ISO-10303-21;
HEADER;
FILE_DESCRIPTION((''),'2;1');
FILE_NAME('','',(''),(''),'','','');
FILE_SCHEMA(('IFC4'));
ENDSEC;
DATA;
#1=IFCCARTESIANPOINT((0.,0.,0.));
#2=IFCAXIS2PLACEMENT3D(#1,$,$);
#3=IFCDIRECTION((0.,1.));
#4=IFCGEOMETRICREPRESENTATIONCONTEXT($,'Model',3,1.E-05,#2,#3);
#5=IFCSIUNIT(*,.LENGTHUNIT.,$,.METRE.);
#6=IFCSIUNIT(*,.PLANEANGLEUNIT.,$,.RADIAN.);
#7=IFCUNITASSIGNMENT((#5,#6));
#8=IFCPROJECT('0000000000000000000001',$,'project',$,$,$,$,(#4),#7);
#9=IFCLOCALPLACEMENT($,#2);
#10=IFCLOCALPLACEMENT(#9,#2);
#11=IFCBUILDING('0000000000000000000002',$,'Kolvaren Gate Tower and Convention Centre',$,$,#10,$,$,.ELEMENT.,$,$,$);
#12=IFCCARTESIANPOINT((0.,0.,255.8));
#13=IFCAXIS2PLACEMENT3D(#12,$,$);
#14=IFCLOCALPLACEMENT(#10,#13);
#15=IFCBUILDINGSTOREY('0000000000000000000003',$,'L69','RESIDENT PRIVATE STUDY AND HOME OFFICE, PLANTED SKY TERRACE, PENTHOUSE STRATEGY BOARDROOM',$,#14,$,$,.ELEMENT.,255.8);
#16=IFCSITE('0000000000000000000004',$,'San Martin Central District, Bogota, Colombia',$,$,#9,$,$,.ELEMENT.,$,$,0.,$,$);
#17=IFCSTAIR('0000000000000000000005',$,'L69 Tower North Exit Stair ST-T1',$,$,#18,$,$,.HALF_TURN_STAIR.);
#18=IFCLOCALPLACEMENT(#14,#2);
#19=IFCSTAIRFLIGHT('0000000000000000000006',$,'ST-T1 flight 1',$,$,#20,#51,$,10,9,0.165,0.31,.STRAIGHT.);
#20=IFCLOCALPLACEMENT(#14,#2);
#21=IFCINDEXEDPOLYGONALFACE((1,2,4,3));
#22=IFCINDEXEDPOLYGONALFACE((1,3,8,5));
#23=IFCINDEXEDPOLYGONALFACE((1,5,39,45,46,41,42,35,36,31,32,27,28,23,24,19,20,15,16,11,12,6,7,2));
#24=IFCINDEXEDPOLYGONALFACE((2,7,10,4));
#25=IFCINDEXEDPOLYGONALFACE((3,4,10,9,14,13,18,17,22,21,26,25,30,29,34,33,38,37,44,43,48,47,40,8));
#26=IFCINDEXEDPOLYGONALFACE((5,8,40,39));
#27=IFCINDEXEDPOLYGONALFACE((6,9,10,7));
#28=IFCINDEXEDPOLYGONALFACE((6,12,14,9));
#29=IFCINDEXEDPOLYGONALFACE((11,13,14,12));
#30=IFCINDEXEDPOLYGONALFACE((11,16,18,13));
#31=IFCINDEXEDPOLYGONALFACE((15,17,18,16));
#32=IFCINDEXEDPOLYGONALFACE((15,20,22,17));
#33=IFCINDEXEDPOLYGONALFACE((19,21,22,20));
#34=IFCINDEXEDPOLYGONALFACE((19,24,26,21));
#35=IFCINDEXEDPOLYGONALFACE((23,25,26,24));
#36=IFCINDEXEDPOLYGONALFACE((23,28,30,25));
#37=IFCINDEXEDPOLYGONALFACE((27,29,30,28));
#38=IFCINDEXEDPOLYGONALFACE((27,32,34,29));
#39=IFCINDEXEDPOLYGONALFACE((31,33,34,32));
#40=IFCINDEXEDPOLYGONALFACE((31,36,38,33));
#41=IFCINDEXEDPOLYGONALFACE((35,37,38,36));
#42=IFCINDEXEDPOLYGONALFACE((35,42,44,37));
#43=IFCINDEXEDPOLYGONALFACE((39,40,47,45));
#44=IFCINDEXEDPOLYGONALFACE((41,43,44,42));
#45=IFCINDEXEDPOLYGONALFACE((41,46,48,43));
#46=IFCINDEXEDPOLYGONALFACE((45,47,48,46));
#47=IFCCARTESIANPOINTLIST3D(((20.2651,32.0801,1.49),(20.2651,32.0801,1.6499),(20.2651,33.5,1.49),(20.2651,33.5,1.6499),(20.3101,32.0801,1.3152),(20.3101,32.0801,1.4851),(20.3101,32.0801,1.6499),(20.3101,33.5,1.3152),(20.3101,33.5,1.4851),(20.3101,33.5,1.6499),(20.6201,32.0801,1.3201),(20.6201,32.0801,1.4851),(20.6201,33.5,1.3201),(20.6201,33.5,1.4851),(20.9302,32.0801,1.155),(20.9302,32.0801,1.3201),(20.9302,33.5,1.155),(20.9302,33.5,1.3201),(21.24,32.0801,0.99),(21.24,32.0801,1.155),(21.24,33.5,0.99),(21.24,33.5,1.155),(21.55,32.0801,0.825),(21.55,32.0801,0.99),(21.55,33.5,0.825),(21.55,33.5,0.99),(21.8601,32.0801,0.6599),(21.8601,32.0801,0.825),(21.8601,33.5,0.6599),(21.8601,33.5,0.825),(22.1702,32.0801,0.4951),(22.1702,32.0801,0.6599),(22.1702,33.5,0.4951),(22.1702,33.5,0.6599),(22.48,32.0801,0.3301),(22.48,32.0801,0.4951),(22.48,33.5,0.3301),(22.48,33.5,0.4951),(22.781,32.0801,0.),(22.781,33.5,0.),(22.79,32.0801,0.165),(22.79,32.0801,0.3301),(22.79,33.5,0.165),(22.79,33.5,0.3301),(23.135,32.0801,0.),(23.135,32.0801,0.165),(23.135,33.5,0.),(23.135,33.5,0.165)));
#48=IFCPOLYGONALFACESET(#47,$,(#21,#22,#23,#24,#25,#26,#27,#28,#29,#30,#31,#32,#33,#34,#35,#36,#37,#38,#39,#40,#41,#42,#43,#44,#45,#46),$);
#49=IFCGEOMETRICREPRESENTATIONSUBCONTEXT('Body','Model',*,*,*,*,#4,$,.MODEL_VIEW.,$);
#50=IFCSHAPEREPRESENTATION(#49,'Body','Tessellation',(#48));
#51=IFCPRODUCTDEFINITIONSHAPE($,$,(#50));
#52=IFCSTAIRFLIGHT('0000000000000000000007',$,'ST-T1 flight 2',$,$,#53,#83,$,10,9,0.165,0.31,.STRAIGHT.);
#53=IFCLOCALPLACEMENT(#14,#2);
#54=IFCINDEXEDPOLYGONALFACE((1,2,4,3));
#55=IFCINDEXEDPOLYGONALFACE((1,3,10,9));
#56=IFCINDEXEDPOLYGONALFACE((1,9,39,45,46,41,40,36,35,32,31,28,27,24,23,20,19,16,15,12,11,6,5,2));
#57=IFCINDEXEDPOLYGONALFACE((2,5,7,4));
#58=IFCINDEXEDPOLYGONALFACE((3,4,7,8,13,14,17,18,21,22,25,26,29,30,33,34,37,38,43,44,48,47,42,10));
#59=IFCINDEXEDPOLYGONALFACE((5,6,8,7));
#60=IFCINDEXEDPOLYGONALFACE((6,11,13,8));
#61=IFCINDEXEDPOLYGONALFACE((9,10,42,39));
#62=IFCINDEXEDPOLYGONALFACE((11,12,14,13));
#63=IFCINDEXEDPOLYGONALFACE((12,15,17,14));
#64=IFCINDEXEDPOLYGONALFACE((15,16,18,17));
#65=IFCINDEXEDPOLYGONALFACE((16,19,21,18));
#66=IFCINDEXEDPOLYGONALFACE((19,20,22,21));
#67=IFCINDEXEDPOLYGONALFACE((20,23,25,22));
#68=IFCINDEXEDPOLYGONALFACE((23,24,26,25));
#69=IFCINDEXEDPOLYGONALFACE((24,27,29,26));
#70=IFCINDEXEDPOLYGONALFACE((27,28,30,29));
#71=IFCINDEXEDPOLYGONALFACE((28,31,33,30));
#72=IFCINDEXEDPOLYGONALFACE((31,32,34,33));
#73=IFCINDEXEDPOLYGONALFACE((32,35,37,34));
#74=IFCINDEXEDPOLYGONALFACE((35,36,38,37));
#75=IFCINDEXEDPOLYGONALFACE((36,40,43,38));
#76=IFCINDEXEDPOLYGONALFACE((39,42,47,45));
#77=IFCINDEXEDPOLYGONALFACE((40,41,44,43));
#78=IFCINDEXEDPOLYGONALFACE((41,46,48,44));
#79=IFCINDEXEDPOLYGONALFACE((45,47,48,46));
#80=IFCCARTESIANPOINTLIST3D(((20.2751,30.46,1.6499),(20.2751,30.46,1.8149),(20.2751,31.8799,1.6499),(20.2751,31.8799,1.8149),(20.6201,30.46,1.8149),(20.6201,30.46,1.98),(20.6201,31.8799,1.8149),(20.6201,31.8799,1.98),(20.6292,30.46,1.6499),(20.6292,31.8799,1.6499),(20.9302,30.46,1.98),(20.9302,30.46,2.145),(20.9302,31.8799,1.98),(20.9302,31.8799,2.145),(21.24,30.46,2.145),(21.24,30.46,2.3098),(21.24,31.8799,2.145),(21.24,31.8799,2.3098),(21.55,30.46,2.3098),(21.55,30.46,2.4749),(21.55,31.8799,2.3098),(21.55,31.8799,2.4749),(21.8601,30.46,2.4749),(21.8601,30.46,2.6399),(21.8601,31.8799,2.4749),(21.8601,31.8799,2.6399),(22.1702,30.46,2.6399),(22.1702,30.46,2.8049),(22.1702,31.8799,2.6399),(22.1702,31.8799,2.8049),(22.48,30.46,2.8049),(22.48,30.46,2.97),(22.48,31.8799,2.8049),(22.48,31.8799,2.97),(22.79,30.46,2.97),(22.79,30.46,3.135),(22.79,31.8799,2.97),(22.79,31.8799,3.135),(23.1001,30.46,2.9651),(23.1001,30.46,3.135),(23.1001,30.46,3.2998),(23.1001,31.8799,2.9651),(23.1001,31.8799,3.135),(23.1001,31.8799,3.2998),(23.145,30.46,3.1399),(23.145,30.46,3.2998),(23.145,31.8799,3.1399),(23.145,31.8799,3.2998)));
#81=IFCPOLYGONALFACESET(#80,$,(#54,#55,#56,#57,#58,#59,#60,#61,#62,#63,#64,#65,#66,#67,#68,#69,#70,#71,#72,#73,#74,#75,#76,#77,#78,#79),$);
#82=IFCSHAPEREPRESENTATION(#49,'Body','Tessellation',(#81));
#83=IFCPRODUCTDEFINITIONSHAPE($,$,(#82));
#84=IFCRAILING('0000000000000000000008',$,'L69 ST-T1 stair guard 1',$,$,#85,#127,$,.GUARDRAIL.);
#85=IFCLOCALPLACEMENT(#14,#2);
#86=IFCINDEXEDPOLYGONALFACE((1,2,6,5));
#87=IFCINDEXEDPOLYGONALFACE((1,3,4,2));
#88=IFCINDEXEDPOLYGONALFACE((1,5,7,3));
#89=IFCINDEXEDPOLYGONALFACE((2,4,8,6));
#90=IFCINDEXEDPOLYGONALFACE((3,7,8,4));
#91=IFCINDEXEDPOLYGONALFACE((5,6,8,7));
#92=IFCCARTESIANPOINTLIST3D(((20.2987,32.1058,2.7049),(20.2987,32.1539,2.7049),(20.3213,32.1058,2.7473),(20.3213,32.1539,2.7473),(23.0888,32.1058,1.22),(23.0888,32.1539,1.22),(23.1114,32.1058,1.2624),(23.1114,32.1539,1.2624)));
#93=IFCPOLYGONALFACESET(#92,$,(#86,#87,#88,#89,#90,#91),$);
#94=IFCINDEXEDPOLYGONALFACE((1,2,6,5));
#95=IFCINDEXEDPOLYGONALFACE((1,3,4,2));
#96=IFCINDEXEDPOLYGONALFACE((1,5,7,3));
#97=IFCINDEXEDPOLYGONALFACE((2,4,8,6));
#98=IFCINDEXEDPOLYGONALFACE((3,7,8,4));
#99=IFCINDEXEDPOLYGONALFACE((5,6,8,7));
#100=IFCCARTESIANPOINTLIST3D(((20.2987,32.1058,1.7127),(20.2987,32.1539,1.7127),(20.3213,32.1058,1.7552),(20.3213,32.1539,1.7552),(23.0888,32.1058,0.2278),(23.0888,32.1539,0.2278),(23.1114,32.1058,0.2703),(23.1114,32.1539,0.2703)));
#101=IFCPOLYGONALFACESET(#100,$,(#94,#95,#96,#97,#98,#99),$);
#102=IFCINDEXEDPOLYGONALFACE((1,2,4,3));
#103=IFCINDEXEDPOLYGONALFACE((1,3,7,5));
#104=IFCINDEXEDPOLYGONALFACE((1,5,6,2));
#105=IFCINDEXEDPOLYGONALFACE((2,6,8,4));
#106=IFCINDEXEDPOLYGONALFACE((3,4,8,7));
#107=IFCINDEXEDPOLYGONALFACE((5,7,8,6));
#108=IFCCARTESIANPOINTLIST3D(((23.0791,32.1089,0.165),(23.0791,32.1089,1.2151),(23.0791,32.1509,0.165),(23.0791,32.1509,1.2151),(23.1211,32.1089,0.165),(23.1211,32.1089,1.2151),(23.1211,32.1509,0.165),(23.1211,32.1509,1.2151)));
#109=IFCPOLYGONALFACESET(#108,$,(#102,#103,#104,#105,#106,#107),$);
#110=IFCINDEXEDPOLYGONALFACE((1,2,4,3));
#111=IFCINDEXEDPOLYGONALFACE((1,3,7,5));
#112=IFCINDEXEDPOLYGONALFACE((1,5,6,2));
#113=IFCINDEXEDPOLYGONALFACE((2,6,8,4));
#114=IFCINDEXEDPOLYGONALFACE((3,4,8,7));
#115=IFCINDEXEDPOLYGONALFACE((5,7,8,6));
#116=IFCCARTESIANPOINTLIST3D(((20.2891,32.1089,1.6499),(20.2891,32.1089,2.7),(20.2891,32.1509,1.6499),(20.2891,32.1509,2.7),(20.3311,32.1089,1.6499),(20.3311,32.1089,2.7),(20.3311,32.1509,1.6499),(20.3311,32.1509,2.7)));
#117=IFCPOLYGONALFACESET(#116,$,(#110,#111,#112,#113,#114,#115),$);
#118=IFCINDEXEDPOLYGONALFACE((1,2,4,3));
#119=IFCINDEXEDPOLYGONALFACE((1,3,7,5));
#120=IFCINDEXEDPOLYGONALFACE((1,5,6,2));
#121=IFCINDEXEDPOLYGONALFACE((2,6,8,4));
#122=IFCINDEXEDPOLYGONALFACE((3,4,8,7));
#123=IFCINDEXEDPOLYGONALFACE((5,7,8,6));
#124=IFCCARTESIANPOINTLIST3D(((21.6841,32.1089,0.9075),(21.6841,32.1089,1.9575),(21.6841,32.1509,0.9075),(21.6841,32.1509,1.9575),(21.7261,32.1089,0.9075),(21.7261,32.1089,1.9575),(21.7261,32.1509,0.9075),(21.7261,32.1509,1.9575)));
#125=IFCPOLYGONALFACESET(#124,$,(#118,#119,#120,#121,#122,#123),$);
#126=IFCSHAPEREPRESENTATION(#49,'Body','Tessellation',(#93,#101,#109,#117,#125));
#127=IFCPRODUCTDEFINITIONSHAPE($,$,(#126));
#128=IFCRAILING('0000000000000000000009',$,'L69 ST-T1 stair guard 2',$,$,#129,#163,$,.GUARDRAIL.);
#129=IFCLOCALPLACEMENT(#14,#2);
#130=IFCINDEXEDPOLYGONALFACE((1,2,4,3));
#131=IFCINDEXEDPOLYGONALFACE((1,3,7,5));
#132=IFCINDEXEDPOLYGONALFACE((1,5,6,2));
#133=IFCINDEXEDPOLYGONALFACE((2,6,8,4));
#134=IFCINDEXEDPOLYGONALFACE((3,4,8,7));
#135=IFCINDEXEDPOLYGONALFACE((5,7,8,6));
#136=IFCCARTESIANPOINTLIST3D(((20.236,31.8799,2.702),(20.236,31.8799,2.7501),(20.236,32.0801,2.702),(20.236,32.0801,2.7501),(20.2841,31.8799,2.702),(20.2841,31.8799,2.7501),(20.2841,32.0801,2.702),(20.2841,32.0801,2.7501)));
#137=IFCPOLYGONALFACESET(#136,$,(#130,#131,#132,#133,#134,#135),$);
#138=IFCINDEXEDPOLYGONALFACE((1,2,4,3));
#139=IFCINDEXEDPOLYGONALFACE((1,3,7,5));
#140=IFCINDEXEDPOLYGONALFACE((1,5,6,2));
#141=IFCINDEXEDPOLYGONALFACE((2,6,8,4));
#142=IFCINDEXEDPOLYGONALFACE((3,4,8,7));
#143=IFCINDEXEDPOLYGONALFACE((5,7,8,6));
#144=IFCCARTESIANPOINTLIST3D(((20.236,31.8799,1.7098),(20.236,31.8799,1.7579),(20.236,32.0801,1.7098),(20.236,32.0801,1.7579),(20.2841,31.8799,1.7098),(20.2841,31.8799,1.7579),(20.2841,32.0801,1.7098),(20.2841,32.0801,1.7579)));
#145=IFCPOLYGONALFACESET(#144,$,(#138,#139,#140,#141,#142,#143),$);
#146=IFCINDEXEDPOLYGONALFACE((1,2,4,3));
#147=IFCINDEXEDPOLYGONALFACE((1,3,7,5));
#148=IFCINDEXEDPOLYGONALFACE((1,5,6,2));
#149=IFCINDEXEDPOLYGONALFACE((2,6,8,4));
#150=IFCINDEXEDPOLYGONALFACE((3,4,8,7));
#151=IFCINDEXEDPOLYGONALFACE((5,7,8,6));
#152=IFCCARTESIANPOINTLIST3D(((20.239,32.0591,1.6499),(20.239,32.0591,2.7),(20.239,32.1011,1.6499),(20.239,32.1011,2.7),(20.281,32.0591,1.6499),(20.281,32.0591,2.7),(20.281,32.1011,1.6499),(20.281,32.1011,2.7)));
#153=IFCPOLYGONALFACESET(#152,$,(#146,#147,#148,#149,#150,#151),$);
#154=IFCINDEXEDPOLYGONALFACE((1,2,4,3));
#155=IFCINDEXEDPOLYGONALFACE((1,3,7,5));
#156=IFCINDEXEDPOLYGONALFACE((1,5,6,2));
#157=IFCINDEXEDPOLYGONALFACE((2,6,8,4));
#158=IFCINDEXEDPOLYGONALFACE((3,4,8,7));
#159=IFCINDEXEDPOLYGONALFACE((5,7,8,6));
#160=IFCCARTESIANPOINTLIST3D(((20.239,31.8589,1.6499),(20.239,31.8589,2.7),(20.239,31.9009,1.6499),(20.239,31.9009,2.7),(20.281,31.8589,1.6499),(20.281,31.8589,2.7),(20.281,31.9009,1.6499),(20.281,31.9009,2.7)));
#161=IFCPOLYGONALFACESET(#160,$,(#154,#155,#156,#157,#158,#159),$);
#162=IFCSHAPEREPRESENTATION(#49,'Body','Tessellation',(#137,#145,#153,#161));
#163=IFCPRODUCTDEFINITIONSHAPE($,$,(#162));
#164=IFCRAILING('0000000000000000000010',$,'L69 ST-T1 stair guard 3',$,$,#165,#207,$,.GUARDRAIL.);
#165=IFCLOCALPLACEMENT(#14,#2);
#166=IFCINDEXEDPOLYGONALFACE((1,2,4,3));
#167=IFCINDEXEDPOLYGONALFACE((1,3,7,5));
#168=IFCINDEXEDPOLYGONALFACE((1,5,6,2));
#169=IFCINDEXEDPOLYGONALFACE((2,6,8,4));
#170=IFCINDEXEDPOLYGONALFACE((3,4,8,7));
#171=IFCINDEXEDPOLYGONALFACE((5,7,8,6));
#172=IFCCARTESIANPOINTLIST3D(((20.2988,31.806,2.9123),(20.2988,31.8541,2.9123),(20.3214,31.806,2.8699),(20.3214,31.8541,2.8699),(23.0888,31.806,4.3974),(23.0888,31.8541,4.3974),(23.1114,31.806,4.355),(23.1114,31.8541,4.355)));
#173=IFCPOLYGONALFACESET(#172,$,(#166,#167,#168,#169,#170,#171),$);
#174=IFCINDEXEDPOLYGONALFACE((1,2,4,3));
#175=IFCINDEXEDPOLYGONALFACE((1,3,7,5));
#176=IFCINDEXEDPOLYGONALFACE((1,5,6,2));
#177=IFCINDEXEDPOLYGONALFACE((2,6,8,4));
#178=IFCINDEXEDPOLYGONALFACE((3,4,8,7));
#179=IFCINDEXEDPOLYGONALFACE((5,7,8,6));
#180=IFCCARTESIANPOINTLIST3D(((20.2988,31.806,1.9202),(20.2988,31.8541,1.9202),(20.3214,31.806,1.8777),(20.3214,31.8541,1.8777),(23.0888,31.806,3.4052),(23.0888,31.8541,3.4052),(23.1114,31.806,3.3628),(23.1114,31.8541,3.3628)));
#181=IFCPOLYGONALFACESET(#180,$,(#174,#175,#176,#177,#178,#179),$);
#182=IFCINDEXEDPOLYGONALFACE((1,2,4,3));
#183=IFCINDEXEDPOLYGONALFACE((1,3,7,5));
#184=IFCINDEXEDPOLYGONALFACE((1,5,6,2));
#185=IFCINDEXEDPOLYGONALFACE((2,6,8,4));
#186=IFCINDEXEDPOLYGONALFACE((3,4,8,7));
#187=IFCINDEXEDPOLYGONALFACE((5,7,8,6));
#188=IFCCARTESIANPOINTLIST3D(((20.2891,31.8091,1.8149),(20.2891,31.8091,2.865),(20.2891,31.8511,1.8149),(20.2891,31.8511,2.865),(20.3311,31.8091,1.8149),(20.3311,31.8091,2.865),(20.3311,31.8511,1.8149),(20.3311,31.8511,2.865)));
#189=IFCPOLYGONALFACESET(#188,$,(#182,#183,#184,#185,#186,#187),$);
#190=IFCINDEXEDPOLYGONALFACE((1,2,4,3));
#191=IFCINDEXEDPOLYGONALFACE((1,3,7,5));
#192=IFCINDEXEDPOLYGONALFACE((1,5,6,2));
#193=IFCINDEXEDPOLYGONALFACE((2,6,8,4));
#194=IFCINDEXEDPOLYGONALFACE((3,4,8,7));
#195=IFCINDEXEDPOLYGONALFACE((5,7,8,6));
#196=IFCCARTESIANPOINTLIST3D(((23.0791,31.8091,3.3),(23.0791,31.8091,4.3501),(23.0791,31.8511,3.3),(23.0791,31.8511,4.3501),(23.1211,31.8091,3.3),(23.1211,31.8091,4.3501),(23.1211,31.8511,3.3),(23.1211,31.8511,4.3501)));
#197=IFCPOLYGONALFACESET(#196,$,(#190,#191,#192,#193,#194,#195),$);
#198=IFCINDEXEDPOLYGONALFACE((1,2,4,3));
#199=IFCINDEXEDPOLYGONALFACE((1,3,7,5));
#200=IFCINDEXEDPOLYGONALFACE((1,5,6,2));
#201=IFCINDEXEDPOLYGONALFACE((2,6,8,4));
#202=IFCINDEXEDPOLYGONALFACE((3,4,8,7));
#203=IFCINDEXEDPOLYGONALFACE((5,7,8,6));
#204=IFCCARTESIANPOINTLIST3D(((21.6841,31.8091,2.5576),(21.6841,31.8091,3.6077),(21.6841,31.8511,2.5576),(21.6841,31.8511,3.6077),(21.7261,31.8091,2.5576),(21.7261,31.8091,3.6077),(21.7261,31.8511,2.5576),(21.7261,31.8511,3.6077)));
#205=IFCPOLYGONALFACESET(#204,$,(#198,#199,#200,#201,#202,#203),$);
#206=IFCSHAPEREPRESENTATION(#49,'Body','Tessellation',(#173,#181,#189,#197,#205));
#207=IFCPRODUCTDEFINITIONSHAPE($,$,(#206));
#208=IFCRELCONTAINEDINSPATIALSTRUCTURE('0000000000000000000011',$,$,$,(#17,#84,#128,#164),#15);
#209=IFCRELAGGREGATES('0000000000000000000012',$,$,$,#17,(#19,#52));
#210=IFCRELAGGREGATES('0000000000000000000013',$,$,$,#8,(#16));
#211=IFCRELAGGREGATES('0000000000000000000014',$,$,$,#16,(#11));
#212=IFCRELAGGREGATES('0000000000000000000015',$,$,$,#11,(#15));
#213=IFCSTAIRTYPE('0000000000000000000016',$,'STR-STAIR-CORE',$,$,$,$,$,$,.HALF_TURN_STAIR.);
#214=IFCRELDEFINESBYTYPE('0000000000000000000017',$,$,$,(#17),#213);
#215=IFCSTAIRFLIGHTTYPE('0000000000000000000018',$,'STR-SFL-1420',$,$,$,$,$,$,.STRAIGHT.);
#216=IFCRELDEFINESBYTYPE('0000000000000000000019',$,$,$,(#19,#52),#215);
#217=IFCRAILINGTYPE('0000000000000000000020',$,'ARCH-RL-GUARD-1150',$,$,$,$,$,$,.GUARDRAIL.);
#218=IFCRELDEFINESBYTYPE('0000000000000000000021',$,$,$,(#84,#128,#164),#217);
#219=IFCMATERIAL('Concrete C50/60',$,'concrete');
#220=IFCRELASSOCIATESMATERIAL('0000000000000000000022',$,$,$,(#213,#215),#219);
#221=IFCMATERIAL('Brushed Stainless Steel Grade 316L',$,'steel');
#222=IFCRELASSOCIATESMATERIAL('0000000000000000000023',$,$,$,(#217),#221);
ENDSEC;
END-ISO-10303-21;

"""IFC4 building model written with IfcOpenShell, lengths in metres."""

from ifc_helpers import new_model, si_unit, direction, frame, origin, origin_2d, place, context, subcontext, project, spatial, polyline, rectangle, outline, extrude, material, type_object, element, aggregate, save


model = new_model("IFC4")

# Units and contexts
model_context = context("Model", 3, precision=1e-05, world=origin(), true_north=direction((0.0, 1.0)))
body_context = subcontext(model_context, "Body", "Model", "MODEL_VIEW")
ifc_project = project(units=[si_unit("LENGTHUNIT", "METRE"), si_unit("PLANEANGLEUNIT", "RADIAN")], contexts=[model_context])

# Site, building, storey
site_placement = place(None, origin())
site = spatial("IfcSite", under=ifc_project, at=site_placement, Name="San Martin Central District, Bogota, Colombia", CompositionType="ELEMENT", RefElevation=0.0)
building_placement = place(site_placement, origin())
building = spatial("IfcBuilding", under=site, at=building_placement, Name="Kolvaren Gate Tower and Convention Centre", CompositionType="ELEMENT")
storey_placement = place(building_placement, frame((0.0, 0.0, 255.8)))
storey = spatial("IfcBuildingStorey", under=building, at=storey_placement, Name="L69", Description="RESIDENT PRIVATE STUDY AND HOME OFFICE, PLANTED SKY TERRACE, PENTHOUSE STRATEGY BOARDROOM", CompositionType="ELEMENT", Elevation=255.8)

# Shared definitions
ifc_material_1 = material(Name="Brushed Stainless Steel Grade 316L", Category="steel")

# Shared definitions
ifc_material_2 = material(Name="Concrete C50/60", Category="concrete")

# Stair, stair flights
stair_type = type_object("IfcStairType", Name="STR-STAIR-CORE", PredefinedType="HALF_TURN_STAIR", material=ifc_material_2)
stair_placement = place(storey_placement, origin())
stair = element("IfcStair", 1, at=stair_placement, inside=storey, type_object=stair_type, Name="L69 Tower North Exit Stair ST-T1", PredefinedType="HALF_TURN_STAIR")
stair_flight_type = type_object("IfcStairFlightType", Name="STR-SFL-1420", PredefinedType="STRAIGHT", material=ifc_material_2)
stair_flight_1_placement = place(storey_placement, frame((23.1001, 32.79, 0.0), z_axis=(0.0, 0.0, 1.0), x_axis=(-1.0, 0.0, 0.0)))
stair_flight_1 = element("IfcStairFlight", 2, at=stair_flight_1_placement, type_object=stair_flight_type, Name="ST-T1 flight 1", NumberOfRisers=10, NumberOfTreads=9, PredefinedType="STRAIGHT", RiserHeight=0.165, TreadLength=0.31, context=body_context, shape_type="SweptSolid", body=[
    extrude(outline(polyline([(-0.0349, 0.0), (-0.0349, 0.165), (0.3101, 0.165), (0.3101, 0.3301), (0.6201, 0.3301), (0.6201, 0.4951), (0.9299, 0.4951), (0.9299, 0.6599), (1.24, 0.6599), (1.24, 0.825), (1.55, 0.825), (1.55, 0.99), (1.8601, 0.99), (1.8601, 1.155), (2.1699, 1.155), (2.1699, 1.3201), (2.48, 1.3201), (2.48, 1.4851), (2.79, 1.4851), (2.79, 1.6499), (2.835, 1.6499), (2.835, 1.49), (2.79, 1.3152), (0.3191, 0.0), (-0.0349, 0.0)])), frame((0.0, 0.71, 0.0), z_axis=(0.0, -1.0, 0.0), x_axis=(1.0, 0.0, 0.0)), (0.0, 0.0, 1.0), 1.4199),
])
stair_flight_2_placement = place(storey_placement, frame((20.3101, 31.1699, 1.6499), z_axis=(0.0, 0.0, 1.0), x_axis=(1.0, 0.0, 0.0)))
stair_flight_2 = element("IfcStairFlight", 3, at=stair_flight_2_placement, type_object=stair_flight_type, Name="ST-T1 flight 2", NumberOfRisers=10, NumberOfTreads=9, PredefinedType="STRAIGHT", RiserHeight=0.165, TreadLength=0.31, context=body_context, shape_type="SweptSolid", body=[
    extrude(outline(polyline([(-0.0349, 0.0), (-0.0349, 0.165), (0.3101, 0.165), (0.3101, 0.3301), (0.6201, 0.3301), (0.6201, 0.4951), (0.9299, 0.4951), (0.9299, 0.6599), (1.24, 0.6599), (1.24, 0.825), (1.55, 0.825), (1.55, 0.99), (1.8601, 0.99), (1.8601, 1.155), (2.1699, 1.155), (2.1699, 1.3201), (2.48, 1.3201), (2.48, 1.4851), (2.79, 1.4851), (2.79, 1.6499), (2.835, 1.6499), (2.835, 1.49), (2.79, 1.3152), (0.3191, 0.0), (-0.0349, 0.0)])), frame((0.0, 0.71, 0.0), z_axis=(0.0, -1.0, 0.0), x_axis=(1.0, 0.0, 0.0)), (0.0, 0.0, 1.0), 1.4199),
])
aggregate(stair, [stair_flight_1, stair_flight_2])

# Railings
railing_type_1 = type_object("IfcRailingType", Name="ARCH-RL-GUARD-1150", PredefinedType="GUARDRAIL", material=ifc_material_1)
railing_1_placement = place(storey_placement, frame((23.1001, 32.1299, 0.165)))
element("IfcRailing", 4, at=railing_1_placement, inside=storey, type_object=railing_type_1, Name="L69 ST-T1 stair guard 1", PredefinedType="GUARDRAIL", context=body_context, shape_type="SweptSolid", body=[
    extrude(rectangle(XDim=0.0481, YDim=0.0481, at=origin_2d()), frame((0.0, 0.0, 1.0762), z_axis=(-0.882767, 0.0, 0.46981), x_axis=(0.0, -1.0, 0.0)), (0.0, 0.0, 1.0), 3.1606),
    extrude(rectangle(XDim=0.0481, YDim=0.0481, at=origin_2d()), frame((0.0, 0.0, 0.084), z_axis=(-0.882767, 0.0, 0.46981), x_axis=(0.0, -1.0, 0.0)), (0.0, 0.0, 1.0), 3.1606),
    extrude(rectangle(XDim=0.042, YDim=0.042, at=origin_2d()), origin(), (0.0, 0.0, 1.0), 1.05),
    extrude(rectangle(XDim=0.042, YDim=0.042, at=origin_2d()), frame((-2.79, 0.0, 1.4849)), (0.0, 0.0, 1.0), 1.05),
    extrude(rectangle(XDim=0.042, YDim=0.042, at=origin_2d()), frame((-1.395, 0.0, 0.7424)), (0.0, 0.0, 1.0), 1.05),
])
railing_2_placement = place(storey_placement, frame((20.26, 32.0801, 1.6499)))
element("IfcRailing", 5, at=railing_2_placement, inside=storey, type_object=railing_type_1, Name="L69 ST-T1 stair guard 2", PredefinedType="GUARDRAIL", context=body_context, shape_type="SweptSolid", body=[
    extrude(rectangle(XDim=0.0481, YDim=0.0481, at=origin_2d()), frame((0.0, 0.0, 1.0762), z_axis=(0.0, -1.0, 0.0), x_axis=(1.0, 0.0, 0.0)), (0.0, 0.0, 1.0), 0.2002),
    extrude(rectangle(XDim=0.0481, YDim=0.0481, at=origin_2d()), frame((0.0, 0.0, 0.084), z_axis=(0.0, -1.0, 0.0), x_axis=(1.0, 0.0, 0.0)), (0.0, 0.0, 1.0), 0.2002),
    extrude(rectangle(XDim=0.042, YDim=0.042, at=origin_2d()), origin(), (0.0, 0.0, 1.0), 1.05),
    extrude(rectangle(XDim=0.042, YDim=0.042, at=origin_2d()), frame((0.0, -0.2002, 0.0)), (0.0, 0.0, 1.0), 1.05),
])
railing_3_placement = place(storey_placement, frame((20.3101, 31.8301, 1.8149)))
element("IfcRailing", 6, at=railing_3_placement, inside=storey, type_object=railing_type_1, Name="L69 ST-T1 stair guard 3", PredefinedType="GUARDRAIL", context=body_context, shape_type="SweptSolid", body=[
    extrude(rectangle(XDim=0.0481, YDim=0.0481, at=origin_2d()), frame((0.0, 0.0, 1.0762), z_axis=(0.882735, 0.0, 0.46987), x_axis=(0.0, 1.0, 0.0)), (0.0, 0.0, 1.0), 3.1606),
    extrude(rectangle(XDim=0.0481, YDim=0.0481, at=origin_2d()), frame((0.0, 0.0, 0.084), z_axis=(0.882735, 0.0, 0.46987), x_axis=(0.0, 1.0, 0.0)), (0.0, 0.0, 1.0), 3.1606),
    extrude(rectangle(XDim=0.042, YDim=0.042, at=origin_2d()), origin(), (0.0, 0.0, 1.0), 1.05),
    extrude(rectangle(XDim=0.042, YDim=0.042, at=origin_2d()), frame((2.79, 0.0, 1.4851)), (0.0, 0.0, 1.0), 1.05),
    extrude(rectangle(XDim=0.042, YDim=0.042, at=origin_2d()), frame((1.395, 0.0, 0.7427)), (0.0, 0.0, 1.0), 1.05),
])

save(model, "model.ifc")
